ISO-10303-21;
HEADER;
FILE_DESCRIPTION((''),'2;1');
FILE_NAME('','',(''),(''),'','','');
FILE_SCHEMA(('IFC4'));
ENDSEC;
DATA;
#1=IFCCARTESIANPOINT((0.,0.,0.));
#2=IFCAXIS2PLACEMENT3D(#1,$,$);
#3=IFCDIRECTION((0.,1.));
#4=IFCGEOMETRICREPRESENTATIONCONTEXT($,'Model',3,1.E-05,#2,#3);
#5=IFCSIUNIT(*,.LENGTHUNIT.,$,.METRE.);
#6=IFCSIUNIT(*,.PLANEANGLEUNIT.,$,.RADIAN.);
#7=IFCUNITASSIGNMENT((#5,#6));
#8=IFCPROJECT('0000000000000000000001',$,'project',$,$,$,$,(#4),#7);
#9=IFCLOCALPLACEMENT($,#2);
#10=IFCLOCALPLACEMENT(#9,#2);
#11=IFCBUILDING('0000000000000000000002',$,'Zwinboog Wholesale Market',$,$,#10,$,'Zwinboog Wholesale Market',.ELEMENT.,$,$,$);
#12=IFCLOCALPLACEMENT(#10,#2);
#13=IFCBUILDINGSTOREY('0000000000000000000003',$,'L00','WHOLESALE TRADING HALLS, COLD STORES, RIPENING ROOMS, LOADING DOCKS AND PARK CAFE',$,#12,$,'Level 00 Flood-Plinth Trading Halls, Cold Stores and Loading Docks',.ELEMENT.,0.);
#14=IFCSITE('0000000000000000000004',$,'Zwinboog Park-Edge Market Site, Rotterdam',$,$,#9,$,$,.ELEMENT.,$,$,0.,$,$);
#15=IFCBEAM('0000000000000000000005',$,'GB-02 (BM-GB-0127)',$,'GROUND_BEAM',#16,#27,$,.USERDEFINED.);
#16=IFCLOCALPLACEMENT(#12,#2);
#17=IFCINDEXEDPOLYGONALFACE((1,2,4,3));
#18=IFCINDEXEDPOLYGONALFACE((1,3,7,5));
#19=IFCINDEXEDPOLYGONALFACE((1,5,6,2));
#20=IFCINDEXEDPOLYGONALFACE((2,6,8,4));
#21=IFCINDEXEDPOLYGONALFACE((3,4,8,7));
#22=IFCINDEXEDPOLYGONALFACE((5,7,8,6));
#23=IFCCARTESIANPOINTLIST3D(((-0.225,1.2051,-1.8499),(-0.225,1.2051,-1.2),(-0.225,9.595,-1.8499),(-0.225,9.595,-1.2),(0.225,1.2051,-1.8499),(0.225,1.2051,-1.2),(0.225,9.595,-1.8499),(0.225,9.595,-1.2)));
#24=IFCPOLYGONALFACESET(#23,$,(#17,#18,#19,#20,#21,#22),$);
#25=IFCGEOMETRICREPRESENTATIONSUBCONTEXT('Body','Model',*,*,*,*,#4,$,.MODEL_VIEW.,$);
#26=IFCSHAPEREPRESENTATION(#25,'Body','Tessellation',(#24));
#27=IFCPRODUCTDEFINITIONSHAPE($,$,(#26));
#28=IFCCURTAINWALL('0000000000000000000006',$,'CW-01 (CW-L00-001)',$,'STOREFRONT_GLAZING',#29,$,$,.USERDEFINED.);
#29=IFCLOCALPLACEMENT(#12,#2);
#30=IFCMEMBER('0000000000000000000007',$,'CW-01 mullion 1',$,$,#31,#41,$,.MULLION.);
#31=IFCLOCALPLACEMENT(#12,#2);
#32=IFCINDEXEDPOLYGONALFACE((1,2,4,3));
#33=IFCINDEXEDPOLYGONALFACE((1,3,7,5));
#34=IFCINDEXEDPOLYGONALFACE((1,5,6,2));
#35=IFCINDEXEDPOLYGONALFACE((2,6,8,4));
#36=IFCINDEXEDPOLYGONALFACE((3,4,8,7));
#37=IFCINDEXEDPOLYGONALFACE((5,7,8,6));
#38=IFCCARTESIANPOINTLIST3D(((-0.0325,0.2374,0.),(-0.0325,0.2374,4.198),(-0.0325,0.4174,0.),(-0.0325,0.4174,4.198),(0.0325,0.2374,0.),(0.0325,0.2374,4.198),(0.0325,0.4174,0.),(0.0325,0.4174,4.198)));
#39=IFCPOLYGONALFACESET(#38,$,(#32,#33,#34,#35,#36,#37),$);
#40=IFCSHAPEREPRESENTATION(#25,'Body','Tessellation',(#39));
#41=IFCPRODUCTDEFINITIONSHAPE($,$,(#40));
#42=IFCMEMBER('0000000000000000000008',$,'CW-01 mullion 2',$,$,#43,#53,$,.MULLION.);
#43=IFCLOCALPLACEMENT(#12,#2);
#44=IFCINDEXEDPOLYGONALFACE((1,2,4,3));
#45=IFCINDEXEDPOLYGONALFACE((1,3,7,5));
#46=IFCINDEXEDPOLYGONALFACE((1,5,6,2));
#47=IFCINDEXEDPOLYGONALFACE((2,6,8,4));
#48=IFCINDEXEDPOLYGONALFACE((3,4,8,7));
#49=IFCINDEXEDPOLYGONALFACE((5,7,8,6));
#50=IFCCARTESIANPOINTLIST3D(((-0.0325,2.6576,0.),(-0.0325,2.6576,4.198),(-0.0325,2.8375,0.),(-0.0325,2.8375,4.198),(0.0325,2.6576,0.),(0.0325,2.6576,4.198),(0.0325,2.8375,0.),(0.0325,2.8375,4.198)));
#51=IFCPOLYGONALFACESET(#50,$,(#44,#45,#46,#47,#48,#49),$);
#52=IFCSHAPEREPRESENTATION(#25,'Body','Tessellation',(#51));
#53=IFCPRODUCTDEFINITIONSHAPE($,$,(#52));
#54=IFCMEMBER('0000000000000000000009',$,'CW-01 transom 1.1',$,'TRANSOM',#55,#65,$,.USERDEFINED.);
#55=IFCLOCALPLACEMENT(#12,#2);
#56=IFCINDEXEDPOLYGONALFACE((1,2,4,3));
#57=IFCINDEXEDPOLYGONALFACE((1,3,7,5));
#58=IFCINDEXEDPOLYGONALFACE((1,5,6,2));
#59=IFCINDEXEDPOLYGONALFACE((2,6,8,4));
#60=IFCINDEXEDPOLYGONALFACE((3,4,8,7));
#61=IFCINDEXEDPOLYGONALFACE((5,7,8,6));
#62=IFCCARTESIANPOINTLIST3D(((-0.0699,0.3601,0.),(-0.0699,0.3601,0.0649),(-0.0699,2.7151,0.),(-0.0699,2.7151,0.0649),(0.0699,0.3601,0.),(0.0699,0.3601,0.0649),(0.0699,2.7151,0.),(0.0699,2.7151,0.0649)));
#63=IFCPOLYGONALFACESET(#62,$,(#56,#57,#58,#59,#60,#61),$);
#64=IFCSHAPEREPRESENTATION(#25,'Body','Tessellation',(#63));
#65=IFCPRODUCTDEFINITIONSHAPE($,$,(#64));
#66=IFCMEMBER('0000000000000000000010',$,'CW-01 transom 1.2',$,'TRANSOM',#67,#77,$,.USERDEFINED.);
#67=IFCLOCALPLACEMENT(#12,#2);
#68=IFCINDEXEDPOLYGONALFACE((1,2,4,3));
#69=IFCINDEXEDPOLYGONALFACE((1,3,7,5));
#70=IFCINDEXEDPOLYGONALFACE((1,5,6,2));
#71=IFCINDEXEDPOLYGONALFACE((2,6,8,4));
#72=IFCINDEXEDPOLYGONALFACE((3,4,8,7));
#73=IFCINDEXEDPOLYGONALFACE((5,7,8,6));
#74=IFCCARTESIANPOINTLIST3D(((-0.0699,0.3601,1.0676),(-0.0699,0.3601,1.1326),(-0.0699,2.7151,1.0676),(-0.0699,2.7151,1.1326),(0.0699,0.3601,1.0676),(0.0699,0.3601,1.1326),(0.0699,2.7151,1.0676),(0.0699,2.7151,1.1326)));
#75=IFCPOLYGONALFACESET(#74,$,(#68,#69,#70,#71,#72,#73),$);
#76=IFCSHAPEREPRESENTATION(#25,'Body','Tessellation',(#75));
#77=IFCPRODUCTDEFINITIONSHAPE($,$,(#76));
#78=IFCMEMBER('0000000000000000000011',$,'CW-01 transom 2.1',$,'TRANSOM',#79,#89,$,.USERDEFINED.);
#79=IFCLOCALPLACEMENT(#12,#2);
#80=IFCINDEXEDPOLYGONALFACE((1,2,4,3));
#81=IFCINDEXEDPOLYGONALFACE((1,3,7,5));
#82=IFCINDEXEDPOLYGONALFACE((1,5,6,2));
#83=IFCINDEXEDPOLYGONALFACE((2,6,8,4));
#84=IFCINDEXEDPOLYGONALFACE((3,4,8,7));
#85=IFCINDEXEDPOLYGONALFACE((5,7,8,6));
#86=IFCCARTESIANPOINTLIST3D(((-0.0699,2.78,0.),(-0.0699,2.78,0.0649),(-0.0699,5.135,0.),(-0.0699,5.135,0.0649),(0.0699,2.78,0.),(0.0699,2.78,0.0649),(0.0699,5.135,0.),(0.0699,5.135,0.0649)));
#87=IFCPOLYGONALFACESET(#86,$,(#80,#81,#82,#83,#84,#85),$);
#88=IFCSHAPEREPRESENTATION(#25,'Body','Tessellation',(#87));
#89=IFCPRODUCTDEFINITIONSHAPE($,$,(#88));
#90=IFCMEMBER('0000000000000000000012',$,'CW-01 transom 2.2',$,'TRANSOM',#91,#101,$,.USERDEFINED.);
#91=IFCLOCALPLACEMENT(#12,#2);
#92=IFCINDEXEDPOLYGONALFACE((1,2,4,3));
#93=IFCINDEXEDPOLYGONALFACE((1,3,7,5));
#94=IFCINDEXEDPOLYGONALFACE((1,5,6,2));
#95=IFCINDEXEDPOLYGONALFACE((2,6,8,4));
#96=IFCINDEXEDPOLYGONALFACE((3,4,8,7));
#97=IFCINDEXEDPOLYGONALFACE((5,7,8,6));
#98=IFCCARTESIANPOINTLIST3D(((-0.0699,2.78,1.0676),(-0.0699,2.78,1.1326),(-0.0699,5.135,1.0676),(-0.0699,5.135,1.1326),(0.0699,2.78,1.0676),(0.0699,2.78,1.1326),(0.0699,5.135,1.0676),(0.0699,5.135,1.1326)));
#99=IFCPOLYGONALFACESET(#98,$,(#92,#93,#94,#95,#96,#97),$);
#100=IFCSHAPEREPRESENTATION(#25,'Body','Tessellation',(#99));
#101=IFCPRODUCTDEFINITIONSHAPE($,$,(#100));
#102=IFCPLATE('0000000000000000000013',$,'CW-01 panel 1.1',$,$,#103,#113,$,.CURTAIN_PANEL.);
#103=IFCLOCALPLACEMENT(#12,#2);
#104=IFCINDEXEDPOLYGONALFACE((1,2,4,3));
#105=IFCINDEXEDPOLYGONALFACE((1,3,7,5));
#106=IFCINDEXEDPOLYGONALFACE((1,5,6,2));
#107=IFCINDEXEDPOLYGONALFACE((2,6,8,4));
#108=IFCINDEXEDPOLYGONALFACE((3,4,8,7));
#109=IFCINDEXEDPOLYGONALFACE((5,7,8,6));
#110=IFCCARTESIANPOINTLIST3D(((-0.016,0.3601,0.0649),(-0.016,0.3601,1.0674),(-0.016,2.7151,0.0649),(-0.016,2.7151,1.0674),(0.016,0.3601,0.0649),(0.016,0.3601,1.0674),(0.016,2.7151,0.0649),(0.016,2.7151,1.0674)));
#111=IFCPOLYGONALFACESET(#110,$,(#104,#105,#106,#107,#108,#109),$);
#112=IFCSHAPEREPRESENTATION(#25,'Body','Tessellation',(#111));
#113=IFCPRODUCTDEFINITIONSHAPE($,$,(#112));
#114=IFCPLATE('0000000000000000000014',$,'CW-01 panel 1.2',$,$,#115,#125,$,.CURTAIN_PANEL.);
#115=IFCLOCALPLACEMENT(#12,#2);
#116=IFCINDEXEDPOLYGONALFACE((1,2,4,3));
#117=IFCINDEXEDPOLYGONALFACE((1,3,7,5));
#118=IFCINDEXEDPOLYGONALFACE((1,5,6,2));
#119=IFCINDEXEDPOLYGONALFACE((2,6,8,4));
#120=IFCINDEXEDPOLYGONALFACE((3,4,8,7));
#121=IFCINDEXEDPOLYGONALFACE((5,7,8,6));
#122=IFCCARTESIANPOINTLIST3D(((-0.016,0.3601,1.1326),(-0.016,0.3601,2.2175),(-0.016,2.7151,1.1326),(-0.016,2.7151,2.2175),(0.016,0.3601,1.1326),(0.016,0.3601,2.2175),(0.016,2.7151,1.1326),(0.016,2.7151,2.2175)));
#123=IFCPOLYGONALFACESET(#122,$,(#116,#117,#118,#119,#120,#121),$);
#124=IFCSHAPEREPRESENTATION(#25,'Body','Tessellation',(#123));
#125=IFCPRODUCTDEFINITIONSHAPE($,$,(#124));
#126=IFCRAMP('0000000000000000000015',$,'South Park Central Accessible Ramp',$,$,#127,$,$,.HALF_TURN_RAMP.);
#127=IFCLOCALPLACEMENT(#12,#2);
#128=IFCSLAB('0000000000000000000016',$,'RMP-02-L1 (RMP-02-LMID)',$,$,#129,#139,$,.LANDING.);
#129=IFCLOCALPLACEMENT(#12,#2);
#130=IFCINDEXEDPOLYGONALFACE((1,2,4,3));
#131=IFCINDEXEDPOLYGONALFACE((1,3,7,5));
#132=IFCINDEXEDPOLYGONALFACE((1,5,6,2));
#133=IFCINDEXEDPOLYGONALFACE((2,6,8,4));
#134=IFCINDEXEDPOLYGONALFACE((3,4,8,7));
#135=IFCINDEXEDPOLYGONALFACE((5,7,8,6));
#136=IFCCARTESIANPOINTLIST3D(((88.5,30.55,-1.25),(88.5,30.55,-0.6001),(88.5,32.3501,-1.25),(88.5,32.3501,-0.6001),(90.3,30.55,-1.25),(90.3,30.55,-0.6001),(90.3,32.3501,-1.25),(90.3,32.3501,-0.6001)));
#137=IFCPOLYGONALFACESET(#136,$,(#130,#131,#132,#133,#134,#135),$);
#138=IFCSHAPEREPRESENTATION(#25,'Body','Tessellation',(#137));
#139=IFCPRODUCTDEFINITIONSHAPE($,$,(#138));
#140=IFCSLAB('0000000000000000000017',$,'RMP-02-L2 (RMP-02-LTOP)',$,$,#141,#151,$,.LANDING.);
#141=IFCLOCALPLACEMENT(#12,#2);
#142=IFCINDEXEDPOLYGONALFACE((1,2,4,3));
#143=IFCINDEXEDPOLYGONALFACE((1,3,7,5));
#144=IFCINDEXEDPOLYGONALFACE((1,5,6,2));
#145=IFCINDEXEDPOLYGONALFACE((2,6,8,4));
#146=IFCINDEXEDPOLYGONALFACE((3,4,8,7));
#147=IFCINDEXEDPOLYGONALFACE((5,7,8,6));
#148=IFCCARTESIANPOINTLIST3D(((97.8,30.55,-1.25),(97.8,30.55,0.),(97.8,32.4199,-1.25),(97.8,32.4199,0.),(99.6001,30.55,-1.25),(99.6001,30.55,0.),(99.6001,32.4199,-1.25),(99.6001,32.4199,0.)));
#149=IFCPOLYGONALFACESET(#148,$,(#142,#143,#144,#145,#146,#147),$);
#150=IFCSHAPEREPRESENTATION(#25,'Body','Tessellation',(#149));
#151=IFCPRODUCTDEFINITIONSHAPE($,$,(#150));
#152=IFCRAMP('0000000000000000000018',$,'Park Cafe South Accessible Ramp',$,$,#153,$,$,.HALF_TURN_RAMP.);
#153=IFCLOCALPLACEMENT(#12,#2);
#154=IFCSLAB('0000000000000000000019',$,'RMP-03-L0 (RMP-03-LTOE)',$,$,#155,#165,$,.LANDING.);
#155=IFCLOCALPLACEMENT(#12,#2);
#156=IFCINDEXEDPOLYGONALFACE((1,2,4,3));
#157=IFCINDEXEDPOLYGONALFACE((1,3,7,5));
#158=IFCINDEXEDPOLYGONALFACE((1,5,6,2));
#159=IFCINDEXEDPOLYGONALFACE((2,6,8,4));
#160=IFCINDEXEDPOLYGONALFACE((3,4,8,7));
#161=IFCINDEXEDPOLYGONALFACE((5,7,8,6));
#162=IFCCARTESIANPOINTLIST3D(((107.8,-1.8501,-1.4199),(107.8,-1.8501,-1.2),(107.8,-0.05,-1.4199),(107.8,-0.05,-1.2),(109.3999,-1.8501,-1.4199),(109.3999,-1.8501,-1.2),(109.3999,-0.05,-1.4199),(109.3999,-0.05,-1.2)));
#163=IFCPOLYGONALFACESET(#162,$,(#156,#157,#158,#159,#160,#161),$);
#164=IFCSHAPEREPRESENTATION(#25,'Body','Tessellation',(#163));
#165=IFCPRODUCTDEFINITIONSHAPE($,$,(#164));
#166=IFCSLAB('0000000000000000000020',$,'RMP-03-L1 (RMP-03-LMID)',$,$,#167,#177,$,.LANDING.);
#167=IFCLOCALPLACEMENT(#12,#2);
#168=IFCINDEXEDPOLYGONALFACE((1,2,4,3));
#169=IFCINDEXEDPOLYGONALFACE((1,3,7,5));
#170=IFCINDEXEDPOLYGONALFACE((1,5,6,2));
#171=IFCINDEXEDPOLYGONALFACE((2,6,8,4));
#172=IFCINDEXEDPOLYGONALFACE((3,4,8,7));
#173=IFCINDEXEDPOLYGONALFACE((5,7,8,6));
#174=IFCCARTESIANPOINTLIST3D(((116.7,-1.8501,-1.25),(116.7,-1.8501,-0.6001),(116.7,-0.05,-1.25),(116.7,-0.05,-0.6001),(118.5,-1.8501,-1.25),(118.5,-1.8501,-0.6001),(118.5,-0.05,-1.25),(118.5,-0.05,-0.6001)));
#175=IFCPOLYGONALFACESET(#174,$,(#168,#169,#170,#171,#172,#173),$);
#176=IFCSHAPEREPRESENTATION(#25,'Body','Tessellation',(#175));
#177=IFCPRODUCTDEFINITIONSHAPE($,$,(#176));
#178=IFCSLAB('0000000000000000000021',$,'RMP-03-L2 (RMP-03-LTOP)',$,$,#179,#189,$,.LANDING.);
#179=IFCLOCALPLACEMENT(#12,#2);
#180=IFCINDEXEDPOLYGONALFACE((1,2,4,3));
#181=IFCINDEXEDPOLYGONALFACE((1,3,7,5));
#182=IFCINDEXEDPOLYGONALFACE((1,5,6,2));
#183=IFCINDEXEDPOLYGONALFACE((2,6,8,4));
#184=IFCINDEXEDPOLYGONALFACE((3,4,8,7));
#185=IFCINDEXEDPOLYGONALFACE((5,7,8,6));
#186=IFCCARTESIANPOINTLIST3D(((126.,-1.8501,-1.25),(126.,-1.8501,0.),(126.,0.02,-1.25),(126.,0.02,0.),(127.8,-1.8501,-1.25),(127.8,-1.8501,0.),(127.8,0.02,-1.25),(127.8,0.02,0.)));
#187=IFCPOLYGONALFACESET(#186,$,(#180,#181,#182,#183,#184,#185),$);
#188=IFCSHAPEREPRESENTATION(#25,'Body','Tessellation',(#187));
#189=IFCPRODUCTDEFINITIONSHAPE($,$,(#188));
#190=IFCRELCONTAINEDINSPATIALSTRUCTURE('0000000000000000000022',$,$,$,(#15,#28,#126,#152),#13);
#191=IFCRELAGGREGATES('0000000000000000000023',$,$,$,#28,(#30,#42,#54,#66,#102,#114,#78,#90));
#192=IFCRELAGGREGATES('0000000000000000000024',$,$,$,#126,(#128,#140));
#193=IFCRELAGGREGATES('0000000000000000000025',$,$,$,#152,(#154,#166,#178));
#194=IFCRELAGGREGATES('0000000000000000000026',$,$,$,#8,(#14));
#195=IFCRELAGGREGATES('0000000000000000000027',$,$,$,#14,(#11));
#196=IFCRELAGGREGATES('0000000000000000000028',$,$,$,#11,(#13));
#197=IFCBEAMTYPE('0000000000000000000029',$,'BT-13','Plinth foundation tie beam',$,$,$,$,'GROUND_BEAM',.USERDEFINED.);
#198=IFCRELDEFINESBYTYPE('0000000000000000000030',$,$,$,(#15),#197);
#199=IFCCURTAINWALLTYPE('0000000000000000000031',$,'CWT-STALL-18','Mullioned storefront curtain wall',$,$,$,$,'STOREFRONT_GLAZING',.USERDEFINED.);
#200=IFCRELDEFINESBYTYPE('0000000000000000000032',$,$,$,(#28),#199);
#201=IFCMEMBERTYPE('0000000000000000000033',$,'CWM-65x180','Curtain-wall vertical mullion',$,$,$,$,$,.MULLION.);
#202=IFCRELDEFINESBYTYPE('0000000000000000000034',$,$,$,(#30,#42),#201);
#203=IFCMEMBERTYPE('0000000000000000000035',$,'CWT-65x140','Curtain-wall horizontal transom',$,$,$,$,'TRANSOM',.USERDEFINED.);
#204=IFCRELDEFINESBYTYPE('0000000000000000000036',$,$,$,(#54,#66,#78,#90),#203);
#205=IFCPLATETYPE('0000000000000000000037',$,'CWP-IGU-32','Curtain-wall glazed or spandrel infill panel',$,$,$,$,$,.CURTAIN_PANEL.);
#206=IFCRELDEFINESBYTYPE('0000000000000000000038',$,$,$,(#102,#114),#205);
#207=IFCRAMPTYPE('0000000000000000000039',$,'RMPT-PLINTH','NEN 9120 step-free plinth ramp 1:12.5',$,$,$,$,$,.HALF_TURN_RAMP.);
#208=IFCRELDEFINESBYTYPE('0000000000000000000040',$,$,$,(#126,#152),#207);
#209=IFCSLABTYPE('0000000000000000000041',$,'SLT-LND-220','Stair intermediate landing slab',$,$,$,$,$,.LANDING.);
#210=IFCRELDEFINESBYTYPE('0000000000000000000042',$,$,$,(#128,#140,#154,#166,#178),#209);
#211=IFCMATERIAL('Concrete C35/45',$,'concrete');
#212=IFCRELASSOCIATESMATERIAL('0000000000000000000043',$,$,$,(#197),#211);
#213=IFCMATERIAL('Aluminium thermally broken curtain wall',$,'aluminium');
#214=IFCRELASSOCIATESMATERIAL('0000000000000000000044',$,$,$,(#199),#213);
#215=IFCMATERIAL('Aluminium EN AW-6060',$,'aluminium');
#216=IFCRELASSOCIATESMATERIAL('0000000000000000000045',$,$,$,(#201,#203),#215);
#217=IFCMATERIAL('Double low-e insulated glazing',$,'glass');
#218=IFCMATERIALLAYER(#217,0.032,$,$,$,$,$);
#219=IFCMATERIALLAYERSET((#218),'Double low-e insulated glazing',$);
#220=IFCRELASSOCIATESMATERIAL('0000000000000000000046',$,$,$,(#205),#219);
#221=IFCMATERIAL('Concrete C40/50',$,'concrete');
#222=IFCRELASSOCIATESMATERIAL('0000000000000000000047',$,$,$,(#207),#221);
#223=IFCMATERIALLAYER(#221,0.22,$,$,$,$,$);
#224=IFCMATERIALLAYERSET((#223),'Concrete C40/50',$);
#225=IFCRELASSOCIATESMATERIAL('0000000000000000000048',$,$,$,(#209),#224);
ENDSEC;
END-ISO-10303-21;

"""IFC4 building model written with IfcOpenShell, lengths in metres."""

from ifc_helpers import new_model, si_unit, direction, frame, origin, origin_2d, place, context, subcontext, project, spatial, polyline, rectangle, outline, extrude, material, layer, layer_set, material_profile, profile_set, type_object, element, aggregate, save


model = new_model("IFC4")

# Units and contexts
model_context = context("Model", 3, precision=1e-05, world=origin(), true_north=direction((0.0, 1.0)))
body_context = subcontext(model_context, "Body", "Model", "MODEL_VIEW")
ifc_project = project(units=[si_unit("LENGTHUNIT", "METRE"), si_unit("PLANEANGLEUNIT", "RADIAN")], contexts=[model_context])

# Site, building, storey
site_placement = place(None, origin())
site = spatial("IfcSite", under=ifc_project, at=site_placement, Name="Zwinboog Park-Edge Market Site, Rotterdam", CompositionType="ELEMENT", RefElevation=0.0)
building_placement = place(site_placement, origin())
building = spatial("IfcBuilding", under=site, at=building_placement, Name="Zwinboog Wholesale Market", LongName="Zwinboog Wholesale Market", CompositionType="ELEMENT")
storey_placement = place(building_placement, origin())
storey = spatial("IfcBuildingStorey", under=building, at=storey_placement, Name="L00", Description="WHOLESALE TRADING HALLS, COLD STORES, RIPENING ROOMS, LOADING DOCKS AND PARK CAFE", LongName="Level 00 Flood-Plinth Trading Halls, Cold Stores and Loading Docks", CompositionType="ELEMENT", Elevation=0.0)

# Beam
ifc_material_1 = material(Name="Concrete C35/45", Category="concrete")
ifc_material_profile_1 = material_profile(ifc_material_1, rectangle(XDim=0.45, YDim=0.6499, at=origin_2d()), Name="RC 450x650")
ifc_profile_set_1 = profile_set([ifc_material_profile_1], Name="Concrete C35/45")
beam_type = type_object("IfcBeamType", Name="BT-13", Description="Plinth foundation tie beam", ElementType="GROUND_BEAM", PredefinedType="USERDEFINED", material=ifc_profile_set_1)
beam_placement = place(storey_placement, frame((0.0, 1.2051, -1.5249), z_axis=(0.0, 1.0, 0.0), x_axis=(-1.0, 0.0, 0.0)))
element("IfcBeam", 1, at=beam_placement, inside=storey, type_object=beam_type, Name="GB-02 (BM-GB-0127)", ObjectType="GROUND_BEAM", PredefinedType="USERDEFINED", context=body_context, shape_type="SweptSolid", body=[
    extrude(rectangle(XDim=0.45, YDim=0.6499, at=origin_2d()), origin(), (0.0, 0.0, 1.0), 8.3899),
])

# Curtain wall, members, plates
ifc_material_2 = material(Name="Aluminium thermally broken curtain wall", Category="aluminium")
curtain_wall_type = type_object("IfcCurtainWallType", Name="CWT-STALL-18", Description="Mullioned storefront curtain wall", ElementType="STOREFRONT_GLAZING", PredefinedType="USERDEFINED", material=ifc_material_2)
curtain_wall_placement = place(storey_placement, origin())
curtain_wall = element("IfcCurtainWall", 2, at=curtain_wall_placement, inside=storey, type_object=curtain_wall_type, Name="CW-01 (CW-L00-001)", ObjectType="STOREFRONT_GLAZING", PredefinedType="USERDEFINED")
ifc_material_3 = material(Name="Aluminium EN AW-6060", Category="aluminium")
ifc_material_profile_2 = material_profile(ifc_material_3, rectangle(XDim=0.0649, YDim=0.1799, at=origin_2d()), Name="AL 65x180")
ifc_profile_set_2 = profile_set([ifc_material_profile_2], Name="Aluminium EN AW-6060")
member_type_1 = type_object("IfcMemberType", Name="CWM-65x180", Description="Curtain-wall vertical mullion", PredefinedType="MULLION", material=ifc_profile_set_2)
member_1_placement = place(storey_placement, frame((0.0, 0.3274, 0.0), z_axis=(0.0, 0.0, 1.0), x_axis=(-1.0, 0.0, 0.0)))
member_1 = element("IfcMember", 3, at=member_1_placement, type_object=member_type_1, Name="CW-01 mullion 1", PredefinedType="MULLION", context=body_context, shape_type="SweptSolid", body=[
    extrude(rectangle(XDim=0.0649, YDim=0.1799, at=origin_2d()), origin(), (0.0, 0.0, 1.0), 4.198),
])
member_2_placement = place(storey_placement, frame((0.0, 2.7476, 0.0), z_axis=(0.0, 0.0, 1.0), x_axis=(-1.0, 0.0, 0.0)))
member_2 = element("IfcMember", 4, at=member_2_placement, type_object=member_type_1, Name="CW-01 mullion 2", PredefinedType="MULLION", context=body_context, shape_type="SweptSolid", body=[
    extrude(rectangle(XDim=0.0649, YDim=0.1799, at=origin_2d()), origin(), (0.0, 0.0, 1.0), 4.198),
])
ifc_material_profile_3 = material_profile(ifc_material_3, rectangle(XDim=0.1399, YDim=0.0649, at=origin_2d()), Name="AL 65x140")
ifc_profile_set_3 = profile_set([ifc_material_profile_3], Name="Aluminium EN AW-6060")
member_type_2 = type_object("IfcMemberType", Name="CWT-65x140", Description="Curtain-wall horizontal transom", ElementType="TRANSOM", PredefinedType="USERDEFINED", material=ifc_profile_set_3)
member_3_placement = place(storey_placement, frame((0.0, 0.3601, 0.0325), z_axis=(0.0, 1.0, 0.0), x_axis=(-1.0, 0.0, 0.0)))
member_3 = element("IfcMember", 5, at=member_3_placement, type_object=member_type_2, Name="CW-01 transom 1.1", ObjectType="TRANSOM", PredefinedType="USERDEFINED", context=body_context, shape_type="SweptSolid", body=[
    extrude(rectangle(XDim=0.1399, YDim=0.0649, at=origin_2d()), origin(), (0.0, 0.0, 1.0), 2.355),
])
member_4_placement = place(storey_placement, frame((0.0, 0.3601, 1.1001), z_axis=(0.0, 1.0, 0.0), x_axis=(-1.0, 0.0, 0.0)))
member_4 = element("IfcMember", 6, at=member_4_placement, type_object=member_type_2, Name="CW-01 transom 1.2", ObjectType="TRANSOM", PredefinedType="USERDEFINED", context=body_context, shape_type="SweptSolid", body=[
    extrude(rectangle(XDim=0.1399, YDim=0.0649, at=origin_2d()), origin(), (0.0, 0.0, 1.0), 2.355),
])
member_5_placement = place(storey_placement, frame((0.0, 2.78, 0.0325), z_axis=(0.0, 1.0, 0.0), x_axis=(-1.0, 0.0, 0.0)))
member_5 = element("IfcMember", 7, at=member_5_placement, type_object=member_type_2, Name="CW-01 transom 2.1", ObjectType="TRANSOM", PredefinedType="USERDEFINED", context=body_context, shape_type="SweptSolid", body=[
    extrude(rectangle(XDim=0.1399, YDim=0.0649, at=origin_2d()), origin(), (0.0, 0.0, 1.0), 2.355),
])
member_6_placement = place(storey_placement, frame((0.0, 2.78, 1.1001), z_axis=(0.0, 1.0, 0.0), x_axis=(-1.0, 0.0, 0.0)))
member_6 = element("IfcMember", 8, at=member_6_placement, type_object=member_type_2, Name="CW-01 transom 2.2", ObjectType="TRANSOM", PredefinedType="USERDEFINED", context=body_context, shape_type="SweptSolid", body=[
    extrude(rectangle(XDim=0.1399, YDim=0.0649, at=origin_2d()), origin(), (0.0, 0.0, 1.0), 2.355),
])
ifc_material_4 = material(Name="Double low-e insulated glazing", Category="glass")
ifc_layer_1 = layer(ifc_material_4, 0.032)
ifc_layer_set_1 = layer_set([ifc_layer_1], Name="Double low-e insulated glazing")
plate_type = type_object("IfcPlateType", Name="CWP-IGU-32", Description="Curtain-wall glazed or spandrel infill panel", PredefinedType="CURTAIN_PANEL", material=ifc_layer_set_1)
plate_1_placement = place(storey_placement, frame((0.0, 1.5376, 0.0649), z_axis=(0.0, 0.0, 1.0), x_axis=(0.0, 1.0, 0.0)))
plate_1 = element("IfcPlate", 9, at=plate_1_placement, type_object=plate_type, Name="CW-01 panel 1.1", PredefinedType="CURTAIN_PANEL", context=body_context, shape_type="SweptSolid", body=[
    extrude(rectangle(XDim=2.355, YDim=0.032, at=origin_2d()), origin(), (0.0, 0.0, 1.0), 1.0024),
])
plate_2_placement = place(storey_placement, frame((0.0, 1.5376, 1.1326), z_axis=(0.0, 0.0, 1.0), x_axis=(0.0, 1.0, 0.0)))
plate_2 = element("IfcPlate", 10, at=plate_2_placement, type_object=plate_type, Name="CW-01 panel 1.2", PredefinedType="CURTAIN_PANEL", context=body_context, shape_type="SweptSolid", body=[
    extrude(rectangle(XDim=2.355, YDim=0.032, at=origin_2d()), origin(), (0.0, 0.0, 1.0), 1.085),
])
aggregate(curtain_wall, [member_1, member_2, member_3, member_4, plate_1, plate_2, member_5, member_6])

# Ramps, slabs
ifc_material_5 = material(Name="Concrete C40/50", Category="concrete")
ramp_type = type_object("IfcRampType", Name="RMPT-PLINTH", Description="NEN 9120 step-free plinth ramp 1:12.5", PredefinedType="HALF_TURN_RAMP", material=ifc_material_5)
ramp_1_placement = place(storey_placement, origin())
ramp_1 = element("IfcRamp", 11, at=ramp_1_placement, inside=storey, type_object=ramp_type, Name="South Park Central Accessible Ramp", PredefinedType="HALF_TURN_RAMP")
ifc_layer_2 = layer(ifc_material_5, 0.22)
ifc_layer_set_2 = layer_set([ifc_layer_2], Name="Concrete C40/50")
slab_type = type_object("IfcSlabType", Name="SLT-LND-220", Description="Stair intermediate landing slab", PredefinedType="LANDING", material=ifc_layer_set_2)
slab_1_placement = place(storey_placement, frame((0.0, 0.0, -1.25)))
slab_1 = element("IfcSlab", 12, at=slab_1_placement, type_object=slab_type, Name="RMP-02-L1 (RMP-02-LMID)", PredefinedType="LANDING", context=body_context, shape_type="SweptSolid", body=[
    extrude(outline(polyline([(88.5, 30.55), (90.3, 30.55), (90.3, 32.3501), (88.5, 32.3501), (88.5, 30.55)])), origin(), (0.0, 0.0, 1.0), 0.6499),
])
slab_2_placement = place(storey_placement, frame((0.0, 0.0, -1.25)))
slab_2 = element("IfcSlab", 13, at=slab_2_placement, type_object=slab_type, Name="RMP-02-L2 (RMP-02-LTOP)", PredefinedType="LANDING", context=body_context, shape_type="SweptSolid", body=[
    extrude(outline(polyline([(97.8, 30.55), (99.6001, 30.55), (99.6001, 32.4199), (97.8, 32.4199), (97.8, 30.55)])), origin(), (0.0, 0.0, 1.0), 1.25),
])
aggregate(ramp_1, [slab_1, slab_2])
ramp_2_placement = place(storey_placement, origin())
ramp_2 = element("IfcRamp", 14, at=ramp_2_placement, inside=storey, type_object=ramp_type, Name="Park Cafe South Accessible Ramp", PredefinedType="HALF_TURN_RAMP")
slab_3_placement = place(storey_placement, frame((0.0, 0.0, -1.4199)))
slab_3 = element("IfcSlab", 15, at=slab_3_placement, type_object=slab_type, Name="RMP-03-L0 (RMP-03-LTOE)", PredefinedType="LANDING", context=body_context, shape_type="SweptSolid", body=[
    extrude(outline(polyline([(107.8, -1.8501), (109.3999, -1.8501), (109.3999, -0.05), (107.8, -0.05), (107.8, -1.8501)])), origin(), (0.0, 0.0, 1.0), 0.22),
])
slab_4_placement = place(storey_placement, frame((0.0, 0.0, -1.25)))
slab_4 = element("IfcSlab", 16, at=slab_4_placement, type_object=slab_type, Name="RMP-03-L1 (RMP-03-LMID)", PredefinedType="LANDING", context=body_context, shape_type="SweptSolid", body=[
    extrude(outline(polyline([(116.7, -1.8501), (118.5, -1.8501), (118.5, -0.05), (116.7, -0.05), (116.7, -1.8501)])), origin(), (0.0, 0.0, 1.0), 0.6499),
])
slab_5_placement = place(storey_placement, frame((0.0, 0.0, -1.25)))
slab_5 = element("IfcSlab", 17, at=slab_5_placement, type_object=slab_type, Name="RMP-03-L2 (RMP-03-LTOP)", PredefinedType="LANDING", context=body_context, shape_type="SweptSolid", body=[
    extrude(outline(polyline([(126.0, -1.8501), (127.8, -1.8501), (127.8, 0.02), (126.0, 0.02), (126.0, -1.8501)])), origin(), (0.0, 0.0, 1.0), 1.25),
])
aggregate(ramp_2, [slab_3, slab_4, slab_5])

save(model, "model.ifc")
